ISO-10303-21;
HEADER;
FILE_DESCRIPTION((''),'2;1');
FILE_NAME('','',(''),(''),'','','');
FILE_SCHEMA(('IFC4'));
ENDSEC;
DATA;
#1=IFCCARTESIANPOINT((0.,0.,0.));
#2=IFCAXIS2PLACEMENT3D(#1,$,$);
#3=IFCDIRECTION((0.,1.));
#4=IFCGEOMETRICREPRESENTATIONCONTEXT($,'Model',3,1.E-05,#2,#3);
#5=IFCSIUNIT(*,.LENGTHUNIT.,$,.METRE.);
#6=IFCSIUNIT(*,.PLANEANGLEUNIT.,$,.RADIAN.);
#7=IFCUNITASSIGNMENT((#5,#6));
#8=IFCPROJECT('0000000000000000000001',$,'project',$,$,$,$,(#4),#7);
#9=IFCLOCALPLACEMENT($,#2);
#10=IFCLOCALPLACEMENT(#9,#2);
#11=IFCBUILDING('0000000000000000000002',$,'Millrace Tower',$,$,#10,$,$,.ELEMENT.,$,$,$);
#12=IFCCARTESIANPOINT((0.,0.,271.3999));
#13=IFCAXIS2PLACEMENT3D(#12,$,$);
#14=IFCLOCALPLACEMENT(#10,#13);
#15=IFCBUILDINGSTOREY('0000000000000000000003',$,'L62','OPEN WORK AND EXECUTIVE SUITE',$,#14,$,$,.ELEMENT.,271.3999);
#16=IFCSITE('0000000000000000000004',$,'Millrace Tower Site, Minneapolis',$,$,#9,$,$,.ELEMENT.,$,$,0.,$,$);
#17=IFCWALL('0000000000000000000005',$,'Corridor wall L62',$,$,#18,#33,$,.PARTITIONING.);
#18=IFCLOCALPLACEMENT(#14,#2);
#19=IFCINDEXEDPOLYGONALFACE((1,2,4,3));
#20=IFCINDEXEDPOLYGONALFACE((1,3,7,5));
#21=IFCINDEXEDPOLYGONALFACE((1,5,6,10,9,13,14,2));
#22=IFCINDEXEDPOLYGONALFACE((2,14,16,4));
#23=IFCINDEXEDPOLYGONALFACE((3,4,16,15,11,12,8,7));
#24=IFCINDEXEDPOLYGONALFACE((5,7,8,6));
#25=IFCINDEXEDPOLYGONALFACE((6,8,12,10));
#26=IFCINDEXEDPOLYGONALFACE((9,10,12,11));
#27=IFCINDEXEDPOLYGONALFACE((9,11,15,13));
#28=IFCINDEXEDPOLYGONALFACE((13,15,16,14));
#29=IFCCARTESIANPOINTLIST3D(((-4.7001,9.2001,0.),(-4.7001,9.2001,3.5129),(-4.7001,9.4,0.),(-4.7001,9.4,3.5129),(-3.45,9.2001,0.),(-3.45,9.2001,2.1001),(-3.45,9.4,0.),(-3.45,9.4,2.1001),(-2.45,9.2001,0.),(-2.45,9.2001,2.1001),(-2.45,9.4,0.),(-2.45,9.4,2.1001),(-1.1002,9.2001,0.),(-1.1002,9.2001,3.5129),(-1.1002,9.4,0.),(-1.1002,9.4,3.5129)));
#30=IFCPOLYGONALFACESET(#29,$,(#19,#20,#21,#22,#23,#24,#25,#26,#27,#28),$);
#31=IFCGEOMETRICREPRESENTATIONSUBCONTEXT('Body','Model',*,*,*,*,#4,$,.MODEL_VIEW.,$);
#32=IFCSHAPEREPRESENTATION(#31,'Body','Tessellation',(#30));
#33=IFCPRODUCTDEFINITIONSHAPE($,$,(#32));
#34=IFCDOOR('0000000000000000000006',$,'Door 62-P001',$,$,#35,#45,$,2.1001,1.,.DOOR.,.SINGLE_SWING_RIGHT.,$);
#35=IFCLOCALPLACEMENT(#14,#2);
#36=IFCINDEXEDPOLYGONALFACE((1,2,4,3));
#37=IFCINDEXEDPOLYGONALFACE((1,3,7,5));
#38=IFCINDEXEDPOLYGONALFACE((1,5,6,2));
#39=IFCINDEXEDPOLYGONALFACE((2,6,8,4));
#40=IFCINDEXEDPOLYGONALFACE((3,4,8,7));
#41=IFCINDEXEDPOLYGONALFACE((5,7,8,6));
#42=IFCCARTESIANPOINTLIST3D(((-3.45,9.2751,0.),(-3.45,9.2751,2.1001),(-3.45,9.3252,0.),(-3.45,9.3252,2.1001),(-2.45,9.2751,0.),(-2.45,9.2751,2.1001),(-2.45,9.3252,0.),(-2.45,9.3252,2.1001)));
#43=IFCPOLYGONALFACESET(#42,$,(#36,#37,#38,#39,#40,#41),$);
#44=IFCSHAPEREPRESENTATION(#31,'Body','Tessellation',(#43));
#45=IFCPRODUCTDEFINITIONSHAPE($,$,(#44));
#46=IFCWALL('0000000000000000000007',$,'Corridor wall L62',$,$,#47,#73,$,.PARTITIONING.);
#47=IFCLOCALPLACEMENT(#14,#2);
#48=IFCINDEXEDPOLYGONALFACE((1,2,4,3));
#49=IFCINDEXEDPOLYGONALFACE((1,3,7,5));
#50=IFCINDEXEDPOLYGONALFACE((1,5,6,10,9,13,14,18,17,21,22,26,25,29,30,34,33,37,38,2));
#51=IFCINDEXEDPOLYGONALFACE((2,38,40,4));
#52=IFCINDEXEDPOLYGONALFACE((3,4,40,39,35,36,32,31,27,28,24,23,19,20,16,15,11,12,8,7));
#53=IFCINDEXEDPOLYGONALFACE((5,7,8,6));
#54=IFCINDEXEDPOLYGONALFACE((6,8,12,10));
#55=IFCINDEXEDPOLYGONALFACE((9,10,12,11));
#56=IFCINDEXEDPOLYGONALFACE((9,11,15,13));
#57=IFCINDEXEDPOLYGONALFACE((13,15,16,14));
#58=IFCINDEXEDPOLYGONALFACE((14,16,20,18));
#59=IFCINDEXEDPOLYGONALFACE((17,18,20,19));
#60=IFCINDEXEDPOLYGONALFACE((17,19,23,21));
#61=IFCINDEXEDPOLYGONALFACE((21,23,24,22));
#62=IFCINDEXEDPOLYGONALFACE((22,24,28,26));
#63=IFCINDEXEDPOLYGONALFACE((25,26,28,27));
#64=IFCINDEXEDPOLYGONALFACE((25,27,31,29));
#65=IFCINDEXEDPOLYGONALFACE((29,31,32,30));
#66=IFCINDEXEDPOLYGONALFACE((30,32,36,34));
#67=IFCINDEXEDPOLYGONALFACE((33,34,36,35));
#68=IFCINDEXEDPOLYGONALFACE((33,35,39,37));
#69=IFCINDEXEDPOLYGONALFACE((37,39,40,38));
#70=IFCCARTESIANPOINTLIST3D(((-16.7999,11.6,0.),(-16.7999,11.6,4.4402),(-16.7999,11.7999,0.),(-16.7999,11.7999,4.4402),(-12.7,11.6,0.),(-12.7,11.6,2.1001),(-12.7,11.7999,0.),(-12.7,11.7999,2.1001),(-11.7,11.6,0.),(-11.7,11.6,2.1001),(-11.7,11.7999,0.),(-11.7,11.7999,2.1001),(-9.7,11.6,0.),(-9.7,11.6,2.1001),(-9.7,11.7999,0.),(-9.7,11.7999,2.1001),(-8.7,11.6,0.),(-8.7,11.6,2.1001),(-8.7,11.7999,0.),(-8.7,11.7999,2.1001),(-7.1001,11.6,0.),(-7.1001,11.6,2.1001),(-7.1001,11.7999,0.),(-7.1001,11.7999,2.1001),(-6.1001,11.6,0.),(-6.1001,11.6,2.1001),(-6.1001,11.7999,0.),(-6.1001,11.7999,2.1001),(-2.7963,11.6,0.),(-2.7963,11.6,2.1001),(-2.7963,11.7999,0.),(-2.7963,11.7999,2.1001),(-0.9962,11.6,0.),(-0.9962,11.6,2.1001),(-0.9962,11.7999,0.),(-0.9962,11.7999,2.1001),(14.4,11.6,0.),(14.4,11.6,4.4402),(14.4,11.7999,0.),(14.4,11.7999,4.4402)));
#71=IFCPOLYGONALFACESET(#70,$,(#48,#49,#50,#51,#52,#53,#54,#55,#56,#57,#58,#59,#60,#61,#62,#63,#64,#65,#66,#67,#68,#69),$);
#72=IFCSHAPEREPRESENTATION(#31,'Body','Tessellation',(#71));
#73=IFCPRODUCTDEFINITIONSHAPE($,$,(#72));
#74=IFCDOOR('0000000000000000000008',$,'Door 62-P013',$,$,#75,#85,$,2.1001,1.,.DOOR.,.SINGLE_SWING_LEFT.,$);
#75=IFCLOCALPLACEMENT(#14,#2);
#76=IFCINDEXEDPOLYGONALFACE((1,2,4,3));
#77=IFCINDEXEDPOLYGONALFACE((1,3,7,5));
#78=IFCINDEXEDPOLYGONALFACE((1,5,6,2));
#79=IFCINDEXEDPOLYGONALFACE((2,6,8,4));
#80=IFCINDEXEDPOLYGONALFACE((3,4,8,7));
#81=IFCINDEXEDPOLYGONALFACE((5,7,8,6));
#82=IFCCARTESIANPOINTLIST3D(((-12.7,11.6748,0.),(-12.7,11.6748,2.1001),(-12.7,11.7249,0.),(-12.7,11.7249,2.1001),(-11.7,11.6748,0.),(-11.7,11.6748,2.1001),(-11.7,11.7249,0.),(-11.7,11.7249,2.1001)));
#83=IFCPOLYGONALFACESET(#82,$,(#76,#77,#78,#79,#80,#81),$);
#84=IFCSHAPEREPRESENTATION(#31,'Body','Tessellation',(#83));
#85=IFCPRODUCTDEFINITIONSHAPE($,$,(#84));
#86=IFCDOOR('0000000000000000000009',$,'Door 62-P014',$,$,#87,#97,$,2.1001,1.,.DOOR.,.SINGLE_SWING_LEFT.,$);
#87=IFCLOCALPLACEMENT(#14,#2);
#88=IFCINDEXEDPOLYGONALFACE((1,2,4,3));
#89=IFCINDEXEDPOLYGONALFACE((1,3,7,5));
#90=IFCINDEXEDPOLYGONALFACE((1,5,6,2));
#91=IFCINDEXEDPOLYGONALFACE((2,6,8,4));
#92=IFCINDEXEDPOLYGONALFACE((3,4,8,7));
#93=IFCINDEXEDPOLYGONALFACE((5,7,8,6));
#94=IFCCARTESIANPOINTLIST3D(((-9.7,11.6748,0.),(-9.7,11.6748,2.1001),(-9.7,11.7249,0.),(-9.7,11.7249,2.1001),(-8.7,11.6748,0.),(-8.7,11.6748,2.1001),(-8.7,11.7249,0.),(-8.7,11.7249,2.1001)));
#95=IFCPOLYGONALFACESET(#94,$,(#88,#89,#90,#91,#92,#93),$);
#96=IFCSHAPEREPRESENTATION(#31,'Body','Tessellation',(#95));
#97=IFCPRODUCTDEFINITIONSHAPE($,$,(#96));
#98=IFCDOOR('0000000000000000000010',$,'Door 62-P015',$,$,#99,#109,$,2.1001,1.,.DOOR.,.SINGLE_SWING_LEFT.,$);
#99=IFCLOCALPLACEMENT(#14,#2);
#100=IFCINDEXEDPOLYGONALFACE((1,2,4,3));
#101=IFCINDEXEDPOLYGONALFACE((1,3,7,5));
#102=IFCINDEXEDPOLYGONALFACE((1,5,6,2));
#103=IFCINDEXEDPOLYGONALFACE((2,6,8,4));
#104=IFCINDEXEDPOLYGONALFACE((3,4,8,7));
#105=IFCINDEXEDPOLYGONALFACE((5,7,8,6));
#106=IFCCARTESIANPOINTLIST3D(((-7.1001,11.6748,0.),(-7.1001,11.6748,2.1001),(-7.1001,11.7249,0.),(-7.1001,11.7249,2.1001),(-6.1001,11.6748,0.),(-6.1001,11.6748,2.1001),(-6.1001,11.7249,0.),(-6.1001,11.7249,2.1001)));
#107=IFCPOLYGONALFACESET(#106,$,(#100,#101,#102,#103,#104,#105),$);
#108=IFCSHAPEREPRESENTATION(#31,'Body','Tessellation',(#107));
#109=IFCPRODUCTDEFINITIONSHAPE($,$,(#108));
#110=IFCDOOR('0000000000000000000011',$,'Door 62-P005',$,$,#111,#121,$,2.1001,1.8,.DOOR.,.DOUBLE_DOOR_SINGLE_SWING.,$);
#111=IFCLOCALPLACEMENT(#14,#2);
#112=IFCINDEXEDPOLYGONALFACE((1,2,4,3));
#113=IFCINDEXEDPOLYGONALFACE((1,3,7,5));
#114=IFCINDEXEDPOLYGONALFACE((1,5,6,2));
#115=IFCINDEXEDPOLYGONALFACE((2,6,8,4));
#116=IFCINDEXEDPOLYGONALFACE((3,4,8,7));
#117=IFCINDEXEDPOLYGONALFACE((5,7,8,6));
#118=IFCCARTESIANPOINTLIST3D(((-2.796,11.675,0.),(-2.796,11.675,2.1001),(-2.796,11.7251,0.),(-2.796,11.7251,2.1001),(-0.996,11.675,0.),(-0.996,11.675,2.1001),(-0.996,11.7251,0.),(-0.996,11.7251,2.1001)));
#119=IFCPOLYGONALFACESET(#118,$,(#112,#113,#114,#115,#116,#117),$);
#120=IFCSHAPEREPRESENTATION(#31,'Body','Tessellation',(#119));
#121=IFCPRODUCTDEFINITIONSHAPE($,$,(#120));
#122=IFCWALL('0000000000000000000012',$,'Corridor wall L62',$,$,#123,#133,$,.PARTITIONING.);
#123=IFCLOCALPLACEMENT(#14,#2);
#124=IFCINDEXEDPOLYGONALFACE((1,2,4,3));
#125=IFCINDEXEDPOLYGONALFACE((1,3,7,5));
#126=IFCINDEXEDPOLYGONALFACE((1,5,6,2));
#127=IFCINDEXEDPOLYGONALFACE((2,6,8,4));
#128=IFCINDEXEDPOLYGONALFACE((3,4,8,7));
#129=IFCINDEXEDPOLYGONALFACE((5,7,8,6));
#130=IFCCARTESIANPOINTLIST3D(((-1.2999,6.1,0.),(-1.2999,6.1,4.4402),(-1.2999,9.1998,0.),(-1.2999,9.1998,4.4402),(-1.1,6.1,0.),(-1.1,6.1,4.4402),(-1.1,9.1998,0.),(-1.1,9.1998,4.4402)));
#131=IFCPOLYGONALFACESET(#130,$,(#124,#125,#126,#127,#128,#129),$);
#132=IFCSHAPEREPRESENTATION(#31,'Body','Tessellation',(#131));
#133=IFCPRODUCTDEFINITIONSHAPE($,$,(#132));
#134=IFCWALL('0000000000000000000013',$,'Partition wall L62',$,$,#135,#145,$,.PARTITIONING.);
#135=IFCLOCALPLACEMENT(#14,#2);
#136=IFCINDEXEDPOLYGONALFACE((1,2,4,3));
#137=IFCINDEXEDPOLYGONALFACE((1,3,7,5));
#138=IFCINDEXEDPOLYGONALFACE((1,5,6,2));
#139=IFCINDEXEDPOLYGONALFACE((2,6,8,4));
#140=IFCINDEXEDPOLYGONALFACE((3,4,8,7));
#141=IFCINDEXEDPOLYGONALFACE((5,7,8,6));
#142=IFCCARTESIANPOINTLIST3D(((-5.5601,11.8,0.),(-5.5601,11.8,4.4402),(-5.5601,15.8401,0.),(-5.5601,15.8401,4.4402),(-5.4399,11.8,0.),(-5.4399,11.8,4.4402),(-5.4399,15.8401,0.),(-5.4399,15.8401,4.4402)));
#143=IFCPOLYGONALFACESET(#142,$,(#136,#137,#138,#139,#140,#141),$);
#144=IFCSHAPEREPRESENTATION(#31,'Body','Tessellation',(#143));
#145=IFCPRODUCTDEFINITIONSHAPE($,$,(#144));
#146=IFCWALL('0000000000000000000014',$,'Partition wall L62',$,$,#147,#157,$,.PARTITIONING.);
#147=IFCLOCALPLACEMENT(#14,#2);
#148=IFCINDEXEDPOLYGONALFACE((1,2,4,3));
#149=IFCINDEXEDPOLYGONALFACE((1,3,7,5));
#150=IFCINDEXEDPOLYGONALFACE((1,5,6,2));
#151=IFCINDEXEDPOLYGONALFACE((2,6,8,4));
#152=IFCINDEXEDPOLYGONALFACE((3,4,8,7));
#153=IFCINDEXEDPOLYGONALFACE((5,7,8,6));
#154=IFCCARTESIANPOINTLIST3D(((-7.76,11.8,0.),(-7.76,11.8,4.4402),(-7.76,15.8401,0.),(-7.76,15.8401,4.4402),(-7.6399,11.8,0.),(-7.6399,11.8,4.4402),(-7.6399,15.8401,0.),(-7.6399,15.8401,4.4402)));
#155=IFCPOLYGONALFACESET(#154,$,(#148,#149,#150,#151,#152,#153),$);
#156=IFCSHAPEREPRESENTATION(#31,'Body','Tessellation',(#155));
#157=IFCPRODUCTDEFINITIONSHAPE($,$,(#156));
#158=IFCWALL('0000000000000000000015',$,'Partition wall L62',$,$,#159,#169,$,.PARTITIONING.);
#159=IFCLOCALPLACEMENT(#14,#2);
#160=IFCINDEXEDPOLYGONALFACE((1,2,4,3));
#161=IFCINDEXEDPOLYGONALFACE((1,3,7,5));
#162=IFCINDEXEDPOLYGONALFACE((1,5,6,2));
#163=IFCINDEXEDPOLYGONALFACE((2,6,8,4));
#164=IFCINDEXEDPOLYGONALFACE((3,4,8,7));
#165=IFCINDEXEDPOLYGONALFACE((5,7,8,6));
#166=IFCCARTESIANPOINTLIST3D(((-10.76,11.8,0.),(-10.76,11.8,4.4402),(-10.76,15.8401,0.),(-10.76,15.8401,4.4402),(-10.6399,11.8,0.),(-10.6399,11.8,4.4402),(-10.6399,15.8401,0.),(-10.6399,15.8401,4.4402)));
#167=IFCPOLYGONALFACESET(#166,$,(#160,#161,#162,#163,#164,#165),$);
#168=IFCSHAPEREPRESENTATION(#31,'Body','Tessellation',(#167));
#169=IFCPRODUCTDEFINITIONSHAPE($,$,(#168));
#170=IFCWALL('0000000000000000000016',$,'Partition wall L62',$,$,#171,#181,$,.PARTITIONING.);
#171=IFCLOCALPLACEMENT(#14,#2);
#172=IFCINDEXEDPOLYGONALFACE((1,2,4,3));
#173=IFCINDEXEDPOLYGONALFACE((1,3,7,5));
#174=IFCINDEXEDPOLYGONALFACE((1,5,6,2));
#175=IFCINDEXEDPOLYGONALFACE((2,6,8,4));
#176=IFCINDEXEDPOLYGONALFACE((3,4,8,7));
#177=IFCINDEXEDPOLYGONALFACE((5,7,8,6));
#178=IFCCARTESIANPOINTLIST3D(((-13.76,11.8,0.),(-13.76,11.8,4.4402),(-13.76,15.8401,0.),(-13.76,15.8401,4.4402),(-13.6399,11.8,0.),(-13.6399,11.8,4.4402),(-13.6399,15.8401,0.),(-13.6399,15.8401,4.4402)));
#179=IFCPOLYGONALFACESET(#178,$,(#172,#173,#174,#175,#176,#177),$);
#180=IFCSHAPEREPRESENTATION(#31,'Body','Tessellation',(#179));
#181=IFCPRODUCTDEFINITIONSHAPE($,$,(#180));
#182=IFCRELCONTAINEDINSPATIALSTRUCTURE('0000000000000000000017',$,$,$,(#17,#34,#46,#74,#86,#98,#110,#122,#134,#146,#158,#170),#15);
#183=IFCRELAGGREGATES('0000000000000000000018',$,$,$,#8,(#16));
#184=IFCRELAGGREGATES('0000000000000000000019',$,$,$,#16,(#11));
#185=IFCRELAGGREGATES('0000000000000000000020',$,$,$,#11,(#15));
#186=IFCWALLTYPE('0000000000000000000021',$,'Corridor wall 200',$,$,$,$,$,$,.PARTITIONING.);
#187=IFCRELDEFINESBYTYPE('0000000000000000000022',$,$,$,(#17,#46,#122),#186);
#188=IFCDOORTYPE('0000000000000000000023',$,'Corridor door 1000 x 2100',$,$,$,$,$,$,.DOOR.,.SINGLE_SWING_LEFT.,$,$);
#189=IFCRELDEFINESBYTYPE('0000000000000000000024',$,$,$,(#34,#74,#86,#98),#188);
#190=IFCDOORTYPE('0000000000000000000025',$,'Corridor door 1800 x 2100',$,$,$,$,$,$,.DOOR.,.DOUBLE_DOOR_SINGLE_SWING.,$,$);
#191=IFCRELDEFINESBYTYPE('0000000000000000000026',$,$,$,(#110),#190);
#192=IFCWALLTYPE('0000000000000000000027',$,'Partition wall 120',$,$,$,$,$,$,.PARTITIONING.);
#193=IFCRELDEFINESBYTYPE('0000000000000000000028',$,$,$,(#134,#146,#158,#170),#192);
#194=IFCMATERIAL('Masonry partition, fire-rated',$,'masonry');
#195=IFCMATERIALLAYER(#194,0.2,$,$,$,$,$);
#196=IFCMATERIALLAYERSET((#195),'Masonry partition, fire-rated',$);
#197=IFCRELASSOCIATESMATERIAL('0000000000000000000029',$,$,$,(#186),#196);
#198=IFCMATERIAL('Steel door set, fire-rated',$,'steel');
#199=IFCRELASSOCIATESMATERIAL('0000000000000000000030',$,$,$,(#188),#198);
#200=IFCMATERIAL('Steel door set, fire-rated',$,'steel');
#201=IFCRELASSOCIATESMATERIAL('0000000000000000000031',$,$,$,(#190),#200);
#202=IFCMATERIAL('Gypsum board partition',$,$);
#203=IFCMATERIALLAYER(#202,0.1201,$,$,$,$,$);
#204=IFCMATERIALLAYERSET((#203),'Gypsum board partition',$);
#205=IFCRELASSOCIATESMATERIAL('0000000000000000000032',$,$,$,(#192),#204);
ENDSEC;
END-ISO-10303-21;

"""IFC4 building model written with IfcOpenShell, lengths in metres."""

from ifc_helpers import new_model, si_unit, direction, frame, frame_2d, origin, place, context, subcontext, project, spatial, rectangle, extrude, material, layer, layer_set, type_object, element, fill, save


model = new_model("IFC4")

# Units and contexts
model_context = context("Model", 3, precision=1e-05, world=origin(), true_north=direction((0.0, 1.0)))
body_context = subcontext(model_context, "Body", "Model", "MODEL_VIEW")
ifc_project = project(units=[si_unit("LENGTHUNIT", "METRE"), si_unit("PLANEANGLEUNIT", "RADIAN")], contexts=[model_context])

# Site, building, storey
site_placement = place(None, origin())
site = spatial("IfcSite", under=ifc_project, at=site_placement, Name="Millrace Tower Site, Minneapolis", CompositionType="ELEMENT", RefElevation=0.0)
building_placement = place(site_placement, origin())
building = spatial("IfcBuilding", under=site, at=building_placement, Name="Millrace Tower", CompositionType="ELEMENT")
storey_placement = place(building_placement, frame((0.0, 0.0, 271.3999)))
storey = spatial("IfcBuildingStorey", under=building, at=storey_placement, Name="L62", Description="OPEN WORK AND EXECUTIVE SUITE", CompositionType="ELEMENT", Elevation=271.3999)

# Shared definitions
ifc_material_1 = material(Name="Masonry partition, fire-rated", Category="masonry")
ifc_layer_1 = layer(ifc_material_1, 0.2)
ifc_layer_set_1 = layer_set([ifc_layer_1], Name="Masonry partition, fire-rated")
wall_type_1 = type_object("IfcWallType", Name="Corridor wall 200", PredefinedType="PARTITIONING", material=ifc_layer_set_1)

# Wall, opening, door
wall_1_placement = place(storey_placement, frame((-4.7, 9.3, 0.0), z_axis=(0.0, 0.0, 1.0), x_axis=(1.0, 0.0, 0.0)))
wall_1 = element("IfcWall", 1, at=wall_1_placement, inside=storey, type_object=wall_type_1, Name="Corridor wall L62", PredefinedType="PARTITIONING", context=body_context, shape_type="SweptSolid", body=[
    extrude(rectangle(XDim=3.5999, YDim=0.2, at=frame_2d((1.7998, 0.0))), origin(), (0.0, 0.0, 1.0), 3.5129),
])
opening_1_placement = place(wall_1_placement, frame((1.25, 0.0, 0.0)))
opening_1 = element("IfcOpeningElement", 2, at=opening_1_placement, cuts=wall_1, PredefinedType="OPENING", context=body_context, shape_type="SweptSolid", body=[
    extrude(rectangle(XDim=1.0, YDim=2.1001, at=frame_2d((0.5, 1.05))), frame((0.0, 0.1099, 0.0), z_axis=(0.0, -1.0, 0.0), x_axis=(1.0, 0.0, 0.0)), (0.0, 0.0, 1.0), 0.22),
])
ifc_material_2 = material(Name="Steel door set, fire-rated", Category="steel")
door_type_1 = type_object("IfcDoorType", Name="Corridor door 1000 x 2100", OperationType="SINGLE_SWING_LEFT", PredefinedType="DOOR", material=ifc_material_2)
door_1_placement = place(opening_1_placement, frame((1.0, 0.0, 0.0), z_axis=(0.0, 0.0, 1.0), x_axis=(-1.0, 0.0, 0.0)))
door_1 = element("IfcDoor", 3, at=door_1_placement, inside=storey, type_object=door_type_1, Name="Door 62-P001", OperationType="SINGLE_SWING_RIGHT", OverallHeight=2.1001, OverallWidth=1.0, PredefinedType="DOOR", context=body_context, shape_type="SweptSolid", body=[
    extrude(rectangle(XDim=1.0, YDim=2.1001, at=frame_2d((0.5, 1.05))), frame((0.0, 0.0249, 0.0), z_axis=(0.0, -1.0, 0.0), x_axis=(1.0, 0.0, 0.0)), (0.0, 0.0, 1.0), 0.05),
])
fill(opening_1, door_1)

# Wall, openings, doors
wall_2_placement = place(storey_placement, frame((-16.8, 11.7, 0.0), z_axis=(0.0, 0.0, 1.0), x_axis=(1.0, 0.0, 0.0)))
wall_2 = element("IfcWall", 4, at=wall_2_placement, inside=storey, type_object=wall_type_1, Name="Corridor wall L62", PredefinedType="PARTITIONING", context=body_context, shape_type="SweptSolid", body=[
    extrude(rectangle(XDim=31.2, YDim=0.2, at=frame_2d((15.6001, 0.0))), origin(), (0.0, 0.0, 1.0), 4.4402),
])
opening_2_placement = place(wall_2_placement, frame((14.0039, 0.0, 0.0)))
opening_2 = element("IfcOpeningElement", 5, at=opening_2_placement, cuts=wall_2, PredefinedType="OPENING", context=body_context, shape_type="SweptSolid", body=[
    extrude(rectangle(XDim=1.8, YDim=2.1001, at=frame_2d((0.8999, 1.05))), frame((0.0, 0.1099, 0.0), z_axis=(0.0, -1.0, 0.0), x_axis=(1.0, 0.0, 0.0)), (0.0, 0.0, 1.0), 0.22),
])
opening_3_placement = place(wall_2_placement, frame((4.1001, 0.0, 0.0)))
opening_3 = element("IfcOpeningElement", 6, at=opening_3_placement, cuts=wall_2, PredefinedType="OPENING", context=body_context, shape_type="SweptSolid", body=[
    extrude(rectangle(XDim=1.0, YDim=2.1001, at=frame_2d((0.5, 1.05))), frame((0.0, 0.1099, 0.0), z_axis=(0.0, -1.0, 0.0), x_axis=(1.0, 0.0, 0.0)), (0.0, 0.0, 1.0), 0.22),
])
opening_4_placement = place(wall_2_placement, frame((7.1001, 0.0, 0.0)))
opening_4 = element("IfcOpeningElement", 7, at=opening_4_placement, cuts=wall_2, PredefinedType="OPENING", context=body_context, shape_type="SweptSolid", body=[
    extrude(rectangle(XDim=1.0, YDim=2.1001, at=frame_2d((0.5, 1.05))), frame((0.0, 0.1099, 0.0), z_axis=(0.0, -1.0, 0.0), x_axis=(1.0, 0.0, 0.0)), (0.0, 0.0, 1.0), 0.22),
])
opening_5_placement = place(wall_2_placement, frame((9.7, 0.0, 0.0)))
opening_5 = element("IfcOpeningElement", 8, at=opening_5_placement, cuts=wall_2, PredefinedType="OPENING", context=body_context, shape_type="SweptSolid", body=[
    extrude(rectangle(XDim=1.0, YDim=2.1001, at=frame_2d((0.5, 1.05))), frame((0.0, 0.1099, 0.0), z_axis=(0.0, -1.0, 0.0), x_axis=(1.0, 0.0, 0.0)), (0.0, 0.0, 1.0), 0.22),
])
door_2_placement = place(opening_3_placement, origin())
door_2 = element("IfcDoor", 9, at=door_2_placement, inside=storey, type_object=door_type_1, Name="Door 62-P013", OperationType="SINGLE_SWING_LEFT", OverallHeight=2.1001, OverallWidth=1.0, PredefinedType="DOOR", context=body_context, shape_type="SweptSolid", body=[
    extrude(rectangle(XDim=1.0, YDim=2.1001, at=frame_2d((0.5, 1.05))), frame((0.0, 0.0249, 0.0), z_axis=(0.0, -1.0, 0.0), x_axis=(1.0, 0.0, 0.0)), (0.0, 0.0, 1.0), 0.05),
])
fill(opening_3, door_2)
door_3_placement = place(opening_4_placement, origin())
door_3 = element("IfcDoor", 10, at=door_3_placement, inside=storey, type_object=door_type_1, Name="Door 62-P014", OperationType="SINGLE_SWING_LEFT", OverallHeight=2.1001, OverallWidth=1.0, PredefinedType="DOOR", context=body_context, shape_type="SweptSolid", body=[
    extrude(rectangle(XDim=1.0, YDim=2.1001, at=frame_2d((0.5, 1.05))), frame((0.0, 0.0249, 0.0), z_axis=(0.0, -1.0, 0.0), x_axis=(1.0, 0.0, 0.0)), (0.0, 0.0, 1.0), 0.05),
])
fill(opening_4, door_3)
door_4_placement = place(opening_5_placement, origin())
door_4 = element("IfcDoor", 11, at=door_4_placement, inside=storey, type_object=door_type_1, Name="Door 62-P015", OperationType="SINGLE_SWING_LEFT", OverallHeight=2.1001, OverallWidth=1.0, PredefinedType="DOOR", context=body_context, shape_type="SweptSolid", body=[
    extrude(rectangle(XDim=1.0, YDim=2.1001, at=frame_2d((0.5, 1.05))), frame((0.0, 0.0249, 0.0), z_axis=(0.0, -1.0, 0.0), x_axis=(1.0, 0.0, 0.0)), (0.0, 0.0, 1.0), 0.05),
])
fill(opening_5, door_4)
ifc_material_3 = material(Name="Steel door set, fire-rated", Category="steel")
door_type_2 = type_object("IfcDoorType", Name="Corridor door 1800 x 2100", OperationType="DOUBLE_DOOR_SINGLE_SWING", PredefinedType="DOOR", material=ifc_material_3)
door_5_placement = place(opening_2_placement, frame((1.8, 0.0, 0.0), z_axis=(0.0, 0.0, 1.0), x_axis=(-1.0, 0.0, 0.0)))
door_5 = element("IfcDoor", 12, at=door_5_placement, inside=storey, type_object=door_type_2, Name="Door 62-P005", OperationType="DOUBLE_DOOR_SINGLE_SWING", OverallHeight=2.1001, OverallWidth=1.8, PredefinedType="DOOR", context=body_context, shape_type="SweptSolid", body=[
    extrude(rectangle(XDim=1.8, YDim=2.1001, at=frame_2d((0.8999, 1.05))), frame((0.0, 0.0249, 0.0), z_axis=(0.0, -1.0, 0.0), x_axis=(1.0, 0.0, 0.0)), (0.0, 0.0, 1.0), 0.05),
])
fill(opening_2, door_5)

# Walls
wall_3_placement = place(storey_placement, frame((-1.2, 6.1001, 0.0), z_axis=(0.0, 0.0, 1.0), x_axis=(0.0, 1.0, 0.0)))
element("IfcWall", 13, at=wall_3_placement, inside=storey, type_object=wall_type_1, Name="Corridor wall L62", PredefinedType="PARTITIONING", context=body_context, shape_type="SweptSolid", body=[
    extrude(rectangle(XDim=3.0999, YDim=0.2, at=frame_2d((1.5498, 0.0))), origin(), (0.0, 0.0, 1.0), 4.4402),
])
ifc_material_4 = material(Name="Gypsum board partition")
ifc_layer_2 = layer(ifc_material_4, 0.1201)
ifc_layer_set_2 = layer_set([ifc_layer_2], Name="Gypsum board partition")
wall_type_2 = type_object("IfcWallType", Name="Partition wall 120", PredefinedType="PARTITIONING", material=ifc_layer_set_2)
for number, where, z_axis, x_axis, name in (
    (14, (-5.5, 11.8, 0.0), (0.0, 0.0, 1.0), (0.0, 1.0, 0.0), "Partition wall L62"),
    (15, (-7.7, 11.8, 0.0), (0.0, 0.0, 1.0), (0.0, 1.0, 0.0), "Partition wall L62"),
    (16, (-10.7, 11.8, 0.0), (0.0, 0.0, 1.0), (0.0, 1.0, 0.0), "Partition wall L62"),
    (17, (-13.7, 11.8, 0.0), (0.0, 0.0, 1.0), (0.0, 1.0, 0.0), "Partition wall L62"),
):
    element("IfcWall", number, at=place(storey_placement, frame(where, z_axis=z_axis, x_axis=x_axis)), inside=storey, type_object=wall_type_2, Name=name, PredefinedType="PARTITIONING", context=body_context, shape_type="SweptSolid", body=[
        extrude(rectangle(XDim=4.04, YDim=0.1201, at=frame_2d((2.02, 0.0))), origin(), (0.0, 0.0, 1.0), 4.4402),
    ])

save(model, "model.ifc")
